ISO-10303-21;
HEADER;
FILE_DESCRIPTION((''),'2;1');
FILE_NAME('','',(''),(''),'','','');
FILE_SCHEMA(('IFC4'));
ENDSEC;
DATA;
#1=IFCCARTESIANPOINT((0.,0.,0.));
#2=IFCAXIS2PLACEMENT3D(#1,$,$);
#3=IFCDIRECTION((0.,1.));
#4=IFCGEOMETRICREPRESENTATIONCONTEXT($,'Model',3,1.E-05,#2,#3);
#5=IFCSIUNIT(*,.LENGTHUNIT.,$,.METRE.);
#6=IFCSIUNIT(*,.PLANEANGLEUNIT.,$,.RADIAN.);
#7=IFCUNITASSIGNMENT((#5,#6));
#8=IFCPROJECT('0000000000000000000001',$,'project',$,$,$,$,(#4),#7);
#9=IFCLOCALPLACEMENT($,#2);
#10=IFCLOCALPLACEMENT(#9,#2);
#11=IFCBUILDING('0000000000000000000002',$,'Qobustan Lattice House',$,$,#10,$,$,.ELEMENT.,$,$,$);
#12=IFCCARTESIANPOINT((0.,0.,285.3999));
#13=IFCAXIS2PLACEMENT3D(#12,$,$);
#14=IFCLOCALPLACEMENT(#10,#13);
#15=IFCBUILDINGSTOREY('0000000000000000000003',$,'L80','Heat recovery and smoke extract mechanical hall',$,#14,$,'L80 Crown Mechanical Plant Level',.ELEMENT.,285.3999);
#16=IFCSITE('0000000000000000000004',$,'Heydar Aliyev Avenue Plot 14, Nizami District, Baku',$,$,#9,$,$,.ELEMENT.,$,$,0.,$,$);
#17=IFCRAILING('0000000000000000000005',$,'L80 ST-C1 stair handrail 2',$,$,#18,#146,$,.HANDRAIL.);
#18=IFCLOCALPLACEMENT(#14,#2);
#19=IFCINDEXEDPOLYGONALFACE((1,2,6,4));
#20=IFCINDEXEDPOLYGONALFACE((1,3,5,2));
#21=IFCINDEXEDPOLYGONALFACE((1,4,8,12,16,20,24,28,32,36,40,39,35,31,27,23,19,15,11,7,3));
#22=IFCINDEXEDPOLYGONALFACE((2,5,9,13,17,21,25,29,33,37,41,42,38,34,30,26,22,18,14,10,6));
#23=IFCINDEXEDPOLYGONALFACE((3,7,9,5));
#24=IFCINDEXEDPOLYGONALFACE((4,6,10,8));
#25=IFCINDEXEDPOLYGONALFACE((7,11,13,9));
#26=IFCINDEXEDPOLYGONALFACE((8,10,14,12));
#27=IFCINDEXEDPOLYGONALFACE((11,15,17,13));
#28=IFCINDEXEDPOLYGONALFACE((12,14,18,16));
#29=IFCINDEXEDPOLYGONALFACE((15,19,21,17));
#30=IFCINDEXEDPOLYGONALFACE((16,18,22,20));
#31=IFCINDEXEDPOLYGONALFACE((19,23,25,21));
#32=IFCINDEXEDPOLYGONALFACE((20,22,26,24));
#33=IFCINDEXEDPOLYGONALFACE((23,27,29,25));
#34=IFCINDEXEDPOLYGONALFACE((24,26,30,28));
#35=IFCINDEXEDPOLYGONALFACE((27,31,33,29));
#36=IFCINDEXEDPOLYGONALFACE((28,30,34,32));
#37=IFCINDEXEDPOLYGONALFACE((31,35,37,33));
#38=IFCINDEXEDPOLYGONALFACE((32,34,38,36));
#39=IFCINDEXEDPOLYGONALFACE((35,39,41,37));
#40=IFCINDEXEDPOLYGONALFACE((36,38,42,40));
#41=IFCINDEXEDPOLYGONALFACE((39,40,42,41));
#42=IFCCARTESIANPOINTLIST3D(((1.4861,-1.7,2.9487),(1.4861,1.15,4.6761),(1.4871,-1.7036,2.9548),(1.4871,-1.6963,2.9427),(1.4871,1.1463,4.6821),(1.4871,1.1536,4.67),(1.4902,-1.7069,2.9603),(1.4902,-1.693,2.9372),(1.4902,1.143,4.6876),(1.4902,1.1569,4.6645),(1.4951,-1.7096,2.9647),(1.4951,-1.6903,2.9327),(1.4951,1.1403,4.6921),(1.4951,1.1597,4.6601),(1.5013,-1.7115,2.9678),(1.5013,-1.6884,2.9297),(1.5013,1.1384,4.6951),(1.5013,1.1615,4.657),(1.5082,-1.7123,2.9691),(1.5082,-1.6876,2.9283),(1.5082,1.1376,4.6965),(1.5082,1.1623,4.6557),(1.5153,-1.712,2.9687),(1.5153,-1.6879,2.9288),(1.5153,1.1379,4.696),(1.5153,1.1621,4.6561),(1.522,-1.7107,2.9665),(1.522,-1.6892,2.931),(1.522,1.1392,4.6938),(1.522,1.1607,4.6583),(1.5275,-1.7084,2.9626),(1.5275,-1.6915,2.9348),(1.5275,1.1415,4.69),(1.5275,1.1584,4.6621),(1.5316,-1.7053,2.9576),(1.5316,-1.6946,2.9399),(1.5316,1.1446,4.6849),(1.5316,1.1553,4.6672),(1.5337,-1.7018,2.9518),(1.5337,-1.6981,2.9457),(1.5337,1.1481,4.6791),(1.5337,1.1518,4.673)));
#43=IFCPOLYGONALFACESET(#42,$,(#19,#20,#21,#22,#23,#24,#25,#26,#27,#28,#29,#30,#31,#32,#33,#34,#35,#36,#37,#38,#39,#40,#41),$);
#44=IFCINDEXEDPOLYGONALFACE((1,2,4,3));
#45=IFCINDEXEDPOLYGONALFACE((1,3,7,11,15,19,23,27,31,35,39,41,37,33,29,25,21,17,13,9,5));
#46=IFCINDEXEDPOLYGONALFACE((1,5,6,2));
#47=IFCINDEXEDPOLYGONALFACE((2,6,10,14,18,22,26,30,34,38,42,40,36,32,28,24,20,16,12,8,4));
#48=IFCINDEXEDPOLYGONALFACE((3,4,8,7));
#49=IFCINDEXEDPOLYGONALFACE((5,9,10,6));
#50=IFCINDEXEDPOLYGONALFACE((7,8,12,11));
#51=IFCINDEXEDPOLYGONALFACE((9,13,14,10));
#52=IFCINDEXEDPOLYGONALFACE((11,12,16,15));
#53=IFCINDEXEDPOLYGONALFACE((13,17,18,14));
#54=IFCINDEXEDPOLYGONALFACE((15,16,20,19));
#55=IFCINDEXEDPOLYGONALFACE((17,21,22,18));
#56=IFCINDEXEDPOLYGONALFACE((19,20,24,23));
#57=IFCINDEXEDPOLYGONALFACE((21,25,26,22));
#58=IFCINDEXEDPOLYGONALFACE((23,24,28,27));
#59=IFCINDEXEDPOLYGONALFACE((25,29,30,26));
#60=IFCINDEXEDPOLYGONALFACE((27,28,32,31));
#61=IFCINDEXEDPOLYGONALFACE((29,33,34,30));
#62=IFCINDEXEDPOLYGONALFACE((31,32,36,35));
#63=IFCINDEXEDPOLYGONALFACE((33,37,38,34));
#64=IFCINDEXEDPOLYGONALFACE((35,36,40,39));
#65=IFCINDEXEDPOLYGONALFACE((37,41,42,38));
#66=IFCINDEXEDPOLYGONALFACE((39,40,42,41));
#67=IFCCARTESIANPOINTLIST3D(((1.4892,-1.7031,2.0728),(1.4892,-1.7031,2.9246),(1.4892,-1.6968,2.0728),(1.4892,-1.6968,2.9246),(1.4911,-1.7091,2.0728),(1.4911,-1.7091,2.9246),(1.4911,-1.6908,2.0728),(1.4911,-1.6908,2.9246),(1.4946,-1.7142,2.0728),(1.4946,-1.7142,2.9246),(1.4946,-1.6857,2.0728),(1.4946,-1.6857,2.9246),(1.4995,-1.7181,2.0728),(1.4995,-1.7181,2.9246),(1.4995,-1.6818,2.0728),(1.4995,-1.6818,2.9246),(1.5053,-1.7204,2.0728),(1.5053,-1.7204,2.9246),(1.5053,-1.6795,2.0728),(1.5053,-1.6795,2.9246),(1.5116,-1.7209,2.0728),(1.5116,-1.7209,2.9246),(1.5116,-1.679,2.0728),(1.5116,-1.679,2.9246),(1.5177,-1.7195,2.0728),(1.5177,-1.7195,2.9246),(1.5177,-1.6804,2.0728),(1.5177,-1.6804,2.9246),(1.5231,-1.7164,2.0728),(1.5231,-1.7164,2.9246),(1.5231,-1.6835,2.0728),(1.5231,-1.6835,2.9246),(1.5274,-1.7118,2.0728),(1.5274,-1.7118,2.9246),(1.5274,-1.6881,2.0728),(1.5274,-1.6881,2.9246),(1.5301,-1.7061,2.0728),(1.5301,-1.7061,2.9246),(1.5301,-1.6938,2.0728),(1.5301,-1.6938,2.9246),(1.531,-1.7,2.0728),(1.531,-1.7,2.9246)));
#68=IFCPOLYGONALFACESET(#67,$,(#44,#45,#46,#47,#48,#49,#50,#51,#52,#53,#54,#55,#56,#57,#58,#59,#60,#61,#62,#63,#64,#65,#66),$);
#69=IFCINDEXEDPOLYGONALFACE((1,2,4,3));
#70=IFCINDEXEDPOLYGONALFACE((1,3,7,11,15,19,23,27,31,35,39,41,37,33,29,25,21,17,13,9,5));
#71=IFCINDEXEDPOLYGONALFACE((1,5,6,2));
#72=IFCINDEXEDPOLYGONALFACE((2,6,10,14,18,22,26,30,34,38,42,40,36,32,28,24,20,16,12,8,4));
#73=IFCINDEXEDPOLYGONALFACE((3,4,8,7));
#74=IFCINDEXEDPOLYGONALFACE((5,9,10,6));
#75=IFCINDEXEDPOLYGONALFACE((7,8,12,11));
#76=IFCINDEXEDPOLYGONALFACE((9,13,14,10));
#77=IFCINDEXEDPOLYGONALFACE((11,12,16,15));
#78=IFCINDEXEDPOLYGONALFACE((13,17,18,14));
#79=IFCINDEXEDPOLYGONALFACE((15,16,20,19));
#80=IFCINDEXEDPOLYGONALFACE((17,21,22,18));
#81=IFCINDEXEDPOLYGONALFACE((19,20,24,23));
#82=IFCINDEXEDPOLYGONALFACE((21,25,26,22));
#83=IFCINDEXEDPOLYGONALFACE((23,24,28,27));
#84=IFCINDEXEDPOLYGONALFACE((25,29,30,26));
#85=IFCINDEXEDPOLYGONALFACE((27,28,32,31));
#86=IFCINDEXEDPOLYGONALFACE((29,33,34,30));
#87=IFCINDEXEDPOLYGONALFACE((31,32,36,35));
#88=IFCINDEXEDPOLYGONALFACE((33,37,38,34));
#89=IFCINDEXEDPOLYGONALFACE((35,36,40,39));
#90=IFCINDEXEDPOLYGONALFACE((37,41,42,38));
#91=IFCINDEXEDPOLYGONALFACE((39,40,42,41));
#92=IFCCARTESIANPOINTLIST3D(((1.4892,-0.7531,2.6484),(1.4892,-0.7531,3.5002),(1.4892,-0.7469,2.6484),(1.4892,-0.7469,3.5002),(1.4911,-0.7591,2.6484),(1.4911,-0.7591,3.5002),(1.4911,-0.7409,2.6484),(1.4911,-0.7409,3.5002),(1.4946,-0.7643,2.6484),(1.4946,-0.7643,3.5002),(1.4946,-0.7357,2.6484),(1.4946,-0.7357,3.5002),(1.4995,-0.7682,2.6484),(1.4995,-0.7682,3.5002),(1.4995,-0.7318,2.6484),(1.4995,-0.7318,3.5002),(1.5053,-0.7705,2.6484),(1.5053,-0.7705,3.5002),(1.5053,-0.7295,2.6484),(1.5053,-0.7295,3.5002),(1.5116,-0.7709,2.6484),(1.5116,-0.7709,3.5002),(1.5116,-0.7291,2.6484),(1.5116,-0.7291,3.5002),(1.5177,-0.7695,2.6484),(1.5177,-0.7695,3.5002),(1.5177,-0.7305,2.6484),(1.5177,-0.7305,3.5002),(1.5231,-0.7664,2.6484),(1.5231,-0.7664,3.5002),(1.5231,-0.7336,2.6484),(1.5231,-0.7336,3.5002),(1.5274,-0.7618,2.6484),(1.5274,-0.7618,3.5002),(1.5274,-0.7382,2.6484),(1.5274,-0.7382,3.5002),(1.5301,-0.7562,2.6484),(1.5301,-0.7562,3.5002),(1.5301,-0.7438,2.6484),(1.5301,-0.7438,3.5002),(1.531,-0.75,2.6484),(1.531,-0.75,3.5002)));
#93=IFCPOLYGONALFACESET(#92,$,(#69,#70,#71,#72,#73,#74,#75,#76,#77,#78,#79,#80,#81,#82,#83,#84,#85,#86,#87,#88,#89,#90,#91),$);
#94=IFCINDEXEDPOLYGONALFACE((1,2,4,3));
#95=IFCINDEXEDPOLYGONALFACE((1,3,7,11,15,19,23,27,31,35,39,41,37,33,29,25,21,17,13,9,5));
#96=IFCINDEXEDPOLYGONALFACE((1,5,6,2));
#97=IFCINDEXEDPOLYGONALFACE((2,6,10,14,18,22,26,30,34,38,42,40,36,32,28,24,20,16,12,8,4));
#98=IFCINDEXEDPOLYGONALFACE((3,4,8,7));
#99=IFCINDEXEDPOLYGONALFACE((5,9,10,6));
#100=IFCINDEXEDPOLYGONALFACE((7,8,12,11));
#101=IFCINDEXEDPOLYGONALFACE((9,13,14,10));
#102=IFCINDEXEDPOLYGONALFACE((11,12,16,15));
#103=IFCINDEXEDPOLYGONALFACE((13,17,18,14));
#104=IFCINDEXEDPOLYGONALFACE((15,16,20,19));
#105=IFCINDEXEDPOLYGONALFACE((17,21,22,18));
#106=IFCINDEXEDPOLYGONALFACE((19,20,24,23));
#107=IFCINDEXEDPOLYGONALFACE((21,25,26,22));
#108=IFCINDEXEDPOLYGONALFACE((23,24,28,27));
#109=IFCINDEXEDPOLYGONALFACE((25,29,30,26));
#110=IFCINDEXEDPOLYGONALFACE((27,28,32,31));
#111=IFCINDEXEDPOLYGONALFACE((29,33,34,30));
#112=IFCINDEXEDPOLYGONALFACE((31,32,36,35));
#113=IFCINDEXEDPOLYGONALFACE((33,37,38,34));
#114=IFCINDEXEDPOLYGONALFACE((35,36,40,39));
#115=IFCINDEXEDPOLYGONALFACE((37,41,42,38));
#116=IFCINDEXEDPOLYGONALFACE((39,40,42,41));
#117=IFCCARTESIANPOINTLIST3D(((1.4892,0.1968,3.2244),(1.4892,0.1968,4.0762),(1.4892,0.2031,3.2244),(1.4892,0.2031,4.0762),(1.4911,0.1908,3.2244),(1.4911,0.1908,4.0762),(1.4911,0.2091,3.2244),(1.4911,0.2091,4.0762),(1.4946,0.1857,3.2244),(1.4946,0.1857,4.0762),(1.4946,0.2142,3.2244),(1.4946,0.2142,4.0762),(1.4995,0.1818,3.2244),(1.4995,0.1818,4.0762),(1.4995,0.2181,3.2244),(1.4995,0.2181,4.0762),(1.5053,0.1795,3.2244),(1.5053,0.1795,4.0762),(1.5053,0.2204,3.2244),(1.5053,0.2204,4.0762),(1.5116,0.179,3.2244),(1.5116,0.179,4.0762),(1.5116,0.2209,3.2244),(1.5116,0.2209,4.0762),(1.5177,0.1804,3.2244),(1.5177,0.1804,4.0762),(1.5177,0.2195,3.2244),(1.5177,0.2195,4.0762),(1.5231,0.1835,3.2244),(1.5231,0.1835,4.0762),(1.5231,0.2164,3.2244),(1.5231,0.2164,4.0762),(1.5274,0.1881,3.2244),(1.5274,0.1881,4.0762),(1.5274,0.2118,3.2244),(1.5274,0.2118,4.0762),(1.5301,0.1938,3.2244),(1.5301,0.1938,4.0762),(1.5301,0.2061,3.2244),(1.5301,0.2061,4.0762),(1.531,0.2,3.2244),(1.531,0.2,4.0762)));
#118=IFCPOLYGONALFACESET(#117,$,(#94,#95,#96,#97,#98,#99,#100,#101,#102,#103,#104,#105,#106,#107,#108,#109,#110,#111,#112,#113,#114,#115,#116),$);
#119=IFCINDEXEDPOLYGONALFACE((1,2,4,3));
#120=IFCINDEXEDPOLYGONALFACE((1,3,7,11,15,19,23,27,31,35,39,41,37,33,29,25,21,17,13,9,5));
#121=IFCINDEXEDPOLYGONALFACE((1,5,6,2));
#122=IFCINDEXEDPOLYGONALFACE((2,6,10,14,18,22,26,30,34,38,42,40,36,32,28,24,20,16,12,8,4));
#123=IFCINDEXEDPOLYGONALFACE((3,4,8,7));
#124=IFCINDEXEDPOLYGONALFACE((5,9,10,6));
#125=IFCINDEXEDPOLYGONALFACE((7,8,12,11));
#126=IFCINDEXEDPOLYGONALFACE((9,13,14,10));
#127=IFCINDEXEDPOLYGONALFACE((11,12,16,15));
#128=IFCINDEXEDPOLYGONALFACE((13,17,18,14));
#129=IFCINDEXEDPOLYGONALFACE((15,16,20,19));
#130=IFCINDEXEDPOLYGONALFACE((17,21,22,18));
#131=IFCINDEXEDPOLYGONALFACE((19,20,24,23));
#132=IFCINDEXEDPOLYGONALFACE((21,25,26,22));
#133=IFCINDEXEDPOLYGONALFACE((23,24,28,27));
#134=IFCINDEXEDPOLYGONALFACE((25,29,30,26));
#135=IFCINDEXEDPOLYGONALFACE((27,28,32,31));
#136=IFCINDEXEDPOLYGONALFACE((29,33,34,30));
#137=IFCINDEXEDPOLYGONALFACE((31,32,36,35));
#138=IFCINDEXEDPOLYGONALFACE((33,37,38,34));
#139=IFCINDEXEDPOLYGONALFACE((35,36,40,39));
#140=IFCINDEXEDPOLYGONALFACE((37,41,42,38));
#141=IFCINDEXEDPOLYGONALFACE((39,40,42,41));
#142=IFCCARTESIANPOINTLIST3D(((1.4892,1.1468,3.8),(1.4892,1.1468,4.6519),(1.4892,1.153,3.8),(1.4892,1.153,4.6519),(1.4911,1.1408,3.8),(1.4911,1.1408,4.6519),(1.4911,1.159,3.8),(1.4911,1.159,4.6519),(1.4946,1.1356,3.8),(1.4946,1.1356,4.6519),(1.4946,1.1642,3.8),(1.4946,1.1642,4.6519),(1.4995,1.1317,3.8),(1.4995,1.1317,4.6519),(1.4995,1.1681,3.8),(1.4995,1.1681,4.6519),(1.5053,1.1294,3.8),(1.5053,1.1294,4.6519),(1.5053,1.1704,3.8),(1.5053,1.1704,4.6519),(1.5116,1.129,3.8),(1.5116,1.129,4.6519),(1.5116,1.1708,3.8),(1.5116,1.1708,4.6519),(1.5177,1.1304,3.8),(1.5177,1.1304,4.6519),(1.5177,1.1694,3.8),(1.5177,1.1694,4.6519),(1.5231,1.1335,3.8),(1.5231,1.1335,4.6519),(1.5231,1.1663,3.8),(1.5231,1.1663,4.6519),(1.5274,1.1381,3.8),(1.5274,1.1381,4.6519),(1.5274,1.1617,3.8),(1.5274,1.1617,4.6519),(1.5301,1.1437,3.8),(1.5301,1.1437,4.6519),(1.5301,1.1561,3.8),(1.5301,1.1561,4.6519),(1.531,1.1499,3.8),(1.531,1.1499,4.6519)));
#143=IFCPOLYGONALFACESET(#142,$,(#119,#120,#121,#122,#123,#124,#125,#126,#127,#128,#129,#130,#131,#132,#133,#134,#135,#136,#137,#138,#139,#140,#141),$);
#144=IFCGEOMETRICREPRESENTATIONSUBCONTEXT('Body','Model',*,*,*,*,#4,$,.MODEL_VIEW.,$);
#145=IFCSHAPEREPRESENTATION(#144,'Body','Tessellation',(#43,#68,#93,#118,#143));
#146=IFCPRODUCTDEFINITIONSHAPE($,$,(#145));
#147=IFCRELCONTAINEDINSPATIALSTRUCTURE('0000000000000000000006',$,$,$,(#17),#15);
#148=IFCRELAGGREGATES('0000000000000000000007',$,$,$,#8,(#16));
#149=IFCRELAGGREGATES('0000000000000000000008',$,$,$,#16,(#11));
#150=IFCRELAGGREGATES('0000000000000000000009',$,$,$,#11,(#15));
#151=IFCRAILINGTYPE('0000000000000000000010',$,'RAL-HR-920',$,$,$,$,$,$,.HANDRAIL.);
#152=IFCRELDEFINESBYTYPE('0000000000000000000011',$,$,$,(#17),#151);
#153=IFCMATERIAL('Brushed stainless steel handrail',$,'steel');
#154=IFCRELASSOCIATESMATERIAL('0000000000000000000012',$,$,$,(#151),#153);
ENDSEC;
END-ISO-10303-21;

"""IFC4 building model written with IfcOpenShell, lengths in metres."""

from ifc_helpers import new_model, si_unit, direction, frame, origin, origin_2d, place, context, subcontext, project, spatial, circle, extrude, material, type_object, element, save


model = new_model("IFC4")

# Units and contexts
model_context = context("Model", 3, precision=1e-05, world=origin(), true_north=direction((0.0, 1.0)))
body_context = subcontext(model_context, "Body", "Model", "MODEL_VIEW")
ifc_project = project(units=[si_unit("LENGTHUNIT", "METRE"), si_unit("PLANEANGLEUNIT", "RADIAN")], contexts=[model_context])

# Site, building, storey
site_placement = place(None, origin())
site = spatial("IfcSite", under=ifc_project, at=site_placement, Name="Heydar Aliyev Avenue Plot 14, Nizami District, Baku", CompositionType="ELEMENT", RefElevation=0.0)
building_placement = place(site_placement, origin())
building = spatial("IfcBuilding", under=site, at=building_placement, Name="Qobustan Lattice House", CompositionType="ELEMENT")
storey_placement = place(building_placement, frame((0.0, 0.0, 285.3999)))
storey = spatial("IfcBuildingStorey", under=building, at=storey_placement, Name="L80", Description="Heat recovery and smoke extract mechanical hall", LongName="L80 Crown Mechanical Plant Level", CompositionType="ELEMENT", Elevation=285.3999)

# Railing
ifc_material_1 = material(Name="Brushed stainless steel handrail", Category="steel")
railing_type_1 = type_object("IfcRailingType", Name="RAL-HR-920", PredefinedType="HANDRAIL", material=ifc_material_1)
railing_1_placement = place(storey_placement, frame((1.51, -1.7, 2.0728)))
element("IfcRailing", 1, at=railing_1_placement, inside=storey, type_object=railing_type_1, Name="L80 ST-C1 stair handrail 2", PredefinedType="HANDRAIL", context=body_context, shape_type="SweptSolid", body=[
    extrude(circle(Radius=0.0239, at=origin_2d()), frame((0.0, 0.0, 0.876), z_axis=(0.0, 0.855183, 0.518326), x_axis=(-1.0, 0.0, 0.0)), (0.0, 0.0, 1.0), 3.3325),
    extrude(circle(Radius=0.021, at=origin_2d()), origin(), (0.0, 0.0, 1.0), 0.8518),
    extrude(circle(Radius=0.021, at=origin_2d()), frame((0.0, 0.95, 0.5757)), (0.0, 0.0, 1.0), 0.8518),
    extrude(circle(Radius=0.021, at=origin_2d()), frame((0.0, 1.8999, 1.1516)), (0.0, 0.0, 1.0), 0.8518),
    extrude(circle(Radius=0.021, at=origin_2d()), frame((0.0, 2.8499, 1.7273)), (0.0, 0.0, 1.0), 0.8518),
])

save(model, "model.ifc")
